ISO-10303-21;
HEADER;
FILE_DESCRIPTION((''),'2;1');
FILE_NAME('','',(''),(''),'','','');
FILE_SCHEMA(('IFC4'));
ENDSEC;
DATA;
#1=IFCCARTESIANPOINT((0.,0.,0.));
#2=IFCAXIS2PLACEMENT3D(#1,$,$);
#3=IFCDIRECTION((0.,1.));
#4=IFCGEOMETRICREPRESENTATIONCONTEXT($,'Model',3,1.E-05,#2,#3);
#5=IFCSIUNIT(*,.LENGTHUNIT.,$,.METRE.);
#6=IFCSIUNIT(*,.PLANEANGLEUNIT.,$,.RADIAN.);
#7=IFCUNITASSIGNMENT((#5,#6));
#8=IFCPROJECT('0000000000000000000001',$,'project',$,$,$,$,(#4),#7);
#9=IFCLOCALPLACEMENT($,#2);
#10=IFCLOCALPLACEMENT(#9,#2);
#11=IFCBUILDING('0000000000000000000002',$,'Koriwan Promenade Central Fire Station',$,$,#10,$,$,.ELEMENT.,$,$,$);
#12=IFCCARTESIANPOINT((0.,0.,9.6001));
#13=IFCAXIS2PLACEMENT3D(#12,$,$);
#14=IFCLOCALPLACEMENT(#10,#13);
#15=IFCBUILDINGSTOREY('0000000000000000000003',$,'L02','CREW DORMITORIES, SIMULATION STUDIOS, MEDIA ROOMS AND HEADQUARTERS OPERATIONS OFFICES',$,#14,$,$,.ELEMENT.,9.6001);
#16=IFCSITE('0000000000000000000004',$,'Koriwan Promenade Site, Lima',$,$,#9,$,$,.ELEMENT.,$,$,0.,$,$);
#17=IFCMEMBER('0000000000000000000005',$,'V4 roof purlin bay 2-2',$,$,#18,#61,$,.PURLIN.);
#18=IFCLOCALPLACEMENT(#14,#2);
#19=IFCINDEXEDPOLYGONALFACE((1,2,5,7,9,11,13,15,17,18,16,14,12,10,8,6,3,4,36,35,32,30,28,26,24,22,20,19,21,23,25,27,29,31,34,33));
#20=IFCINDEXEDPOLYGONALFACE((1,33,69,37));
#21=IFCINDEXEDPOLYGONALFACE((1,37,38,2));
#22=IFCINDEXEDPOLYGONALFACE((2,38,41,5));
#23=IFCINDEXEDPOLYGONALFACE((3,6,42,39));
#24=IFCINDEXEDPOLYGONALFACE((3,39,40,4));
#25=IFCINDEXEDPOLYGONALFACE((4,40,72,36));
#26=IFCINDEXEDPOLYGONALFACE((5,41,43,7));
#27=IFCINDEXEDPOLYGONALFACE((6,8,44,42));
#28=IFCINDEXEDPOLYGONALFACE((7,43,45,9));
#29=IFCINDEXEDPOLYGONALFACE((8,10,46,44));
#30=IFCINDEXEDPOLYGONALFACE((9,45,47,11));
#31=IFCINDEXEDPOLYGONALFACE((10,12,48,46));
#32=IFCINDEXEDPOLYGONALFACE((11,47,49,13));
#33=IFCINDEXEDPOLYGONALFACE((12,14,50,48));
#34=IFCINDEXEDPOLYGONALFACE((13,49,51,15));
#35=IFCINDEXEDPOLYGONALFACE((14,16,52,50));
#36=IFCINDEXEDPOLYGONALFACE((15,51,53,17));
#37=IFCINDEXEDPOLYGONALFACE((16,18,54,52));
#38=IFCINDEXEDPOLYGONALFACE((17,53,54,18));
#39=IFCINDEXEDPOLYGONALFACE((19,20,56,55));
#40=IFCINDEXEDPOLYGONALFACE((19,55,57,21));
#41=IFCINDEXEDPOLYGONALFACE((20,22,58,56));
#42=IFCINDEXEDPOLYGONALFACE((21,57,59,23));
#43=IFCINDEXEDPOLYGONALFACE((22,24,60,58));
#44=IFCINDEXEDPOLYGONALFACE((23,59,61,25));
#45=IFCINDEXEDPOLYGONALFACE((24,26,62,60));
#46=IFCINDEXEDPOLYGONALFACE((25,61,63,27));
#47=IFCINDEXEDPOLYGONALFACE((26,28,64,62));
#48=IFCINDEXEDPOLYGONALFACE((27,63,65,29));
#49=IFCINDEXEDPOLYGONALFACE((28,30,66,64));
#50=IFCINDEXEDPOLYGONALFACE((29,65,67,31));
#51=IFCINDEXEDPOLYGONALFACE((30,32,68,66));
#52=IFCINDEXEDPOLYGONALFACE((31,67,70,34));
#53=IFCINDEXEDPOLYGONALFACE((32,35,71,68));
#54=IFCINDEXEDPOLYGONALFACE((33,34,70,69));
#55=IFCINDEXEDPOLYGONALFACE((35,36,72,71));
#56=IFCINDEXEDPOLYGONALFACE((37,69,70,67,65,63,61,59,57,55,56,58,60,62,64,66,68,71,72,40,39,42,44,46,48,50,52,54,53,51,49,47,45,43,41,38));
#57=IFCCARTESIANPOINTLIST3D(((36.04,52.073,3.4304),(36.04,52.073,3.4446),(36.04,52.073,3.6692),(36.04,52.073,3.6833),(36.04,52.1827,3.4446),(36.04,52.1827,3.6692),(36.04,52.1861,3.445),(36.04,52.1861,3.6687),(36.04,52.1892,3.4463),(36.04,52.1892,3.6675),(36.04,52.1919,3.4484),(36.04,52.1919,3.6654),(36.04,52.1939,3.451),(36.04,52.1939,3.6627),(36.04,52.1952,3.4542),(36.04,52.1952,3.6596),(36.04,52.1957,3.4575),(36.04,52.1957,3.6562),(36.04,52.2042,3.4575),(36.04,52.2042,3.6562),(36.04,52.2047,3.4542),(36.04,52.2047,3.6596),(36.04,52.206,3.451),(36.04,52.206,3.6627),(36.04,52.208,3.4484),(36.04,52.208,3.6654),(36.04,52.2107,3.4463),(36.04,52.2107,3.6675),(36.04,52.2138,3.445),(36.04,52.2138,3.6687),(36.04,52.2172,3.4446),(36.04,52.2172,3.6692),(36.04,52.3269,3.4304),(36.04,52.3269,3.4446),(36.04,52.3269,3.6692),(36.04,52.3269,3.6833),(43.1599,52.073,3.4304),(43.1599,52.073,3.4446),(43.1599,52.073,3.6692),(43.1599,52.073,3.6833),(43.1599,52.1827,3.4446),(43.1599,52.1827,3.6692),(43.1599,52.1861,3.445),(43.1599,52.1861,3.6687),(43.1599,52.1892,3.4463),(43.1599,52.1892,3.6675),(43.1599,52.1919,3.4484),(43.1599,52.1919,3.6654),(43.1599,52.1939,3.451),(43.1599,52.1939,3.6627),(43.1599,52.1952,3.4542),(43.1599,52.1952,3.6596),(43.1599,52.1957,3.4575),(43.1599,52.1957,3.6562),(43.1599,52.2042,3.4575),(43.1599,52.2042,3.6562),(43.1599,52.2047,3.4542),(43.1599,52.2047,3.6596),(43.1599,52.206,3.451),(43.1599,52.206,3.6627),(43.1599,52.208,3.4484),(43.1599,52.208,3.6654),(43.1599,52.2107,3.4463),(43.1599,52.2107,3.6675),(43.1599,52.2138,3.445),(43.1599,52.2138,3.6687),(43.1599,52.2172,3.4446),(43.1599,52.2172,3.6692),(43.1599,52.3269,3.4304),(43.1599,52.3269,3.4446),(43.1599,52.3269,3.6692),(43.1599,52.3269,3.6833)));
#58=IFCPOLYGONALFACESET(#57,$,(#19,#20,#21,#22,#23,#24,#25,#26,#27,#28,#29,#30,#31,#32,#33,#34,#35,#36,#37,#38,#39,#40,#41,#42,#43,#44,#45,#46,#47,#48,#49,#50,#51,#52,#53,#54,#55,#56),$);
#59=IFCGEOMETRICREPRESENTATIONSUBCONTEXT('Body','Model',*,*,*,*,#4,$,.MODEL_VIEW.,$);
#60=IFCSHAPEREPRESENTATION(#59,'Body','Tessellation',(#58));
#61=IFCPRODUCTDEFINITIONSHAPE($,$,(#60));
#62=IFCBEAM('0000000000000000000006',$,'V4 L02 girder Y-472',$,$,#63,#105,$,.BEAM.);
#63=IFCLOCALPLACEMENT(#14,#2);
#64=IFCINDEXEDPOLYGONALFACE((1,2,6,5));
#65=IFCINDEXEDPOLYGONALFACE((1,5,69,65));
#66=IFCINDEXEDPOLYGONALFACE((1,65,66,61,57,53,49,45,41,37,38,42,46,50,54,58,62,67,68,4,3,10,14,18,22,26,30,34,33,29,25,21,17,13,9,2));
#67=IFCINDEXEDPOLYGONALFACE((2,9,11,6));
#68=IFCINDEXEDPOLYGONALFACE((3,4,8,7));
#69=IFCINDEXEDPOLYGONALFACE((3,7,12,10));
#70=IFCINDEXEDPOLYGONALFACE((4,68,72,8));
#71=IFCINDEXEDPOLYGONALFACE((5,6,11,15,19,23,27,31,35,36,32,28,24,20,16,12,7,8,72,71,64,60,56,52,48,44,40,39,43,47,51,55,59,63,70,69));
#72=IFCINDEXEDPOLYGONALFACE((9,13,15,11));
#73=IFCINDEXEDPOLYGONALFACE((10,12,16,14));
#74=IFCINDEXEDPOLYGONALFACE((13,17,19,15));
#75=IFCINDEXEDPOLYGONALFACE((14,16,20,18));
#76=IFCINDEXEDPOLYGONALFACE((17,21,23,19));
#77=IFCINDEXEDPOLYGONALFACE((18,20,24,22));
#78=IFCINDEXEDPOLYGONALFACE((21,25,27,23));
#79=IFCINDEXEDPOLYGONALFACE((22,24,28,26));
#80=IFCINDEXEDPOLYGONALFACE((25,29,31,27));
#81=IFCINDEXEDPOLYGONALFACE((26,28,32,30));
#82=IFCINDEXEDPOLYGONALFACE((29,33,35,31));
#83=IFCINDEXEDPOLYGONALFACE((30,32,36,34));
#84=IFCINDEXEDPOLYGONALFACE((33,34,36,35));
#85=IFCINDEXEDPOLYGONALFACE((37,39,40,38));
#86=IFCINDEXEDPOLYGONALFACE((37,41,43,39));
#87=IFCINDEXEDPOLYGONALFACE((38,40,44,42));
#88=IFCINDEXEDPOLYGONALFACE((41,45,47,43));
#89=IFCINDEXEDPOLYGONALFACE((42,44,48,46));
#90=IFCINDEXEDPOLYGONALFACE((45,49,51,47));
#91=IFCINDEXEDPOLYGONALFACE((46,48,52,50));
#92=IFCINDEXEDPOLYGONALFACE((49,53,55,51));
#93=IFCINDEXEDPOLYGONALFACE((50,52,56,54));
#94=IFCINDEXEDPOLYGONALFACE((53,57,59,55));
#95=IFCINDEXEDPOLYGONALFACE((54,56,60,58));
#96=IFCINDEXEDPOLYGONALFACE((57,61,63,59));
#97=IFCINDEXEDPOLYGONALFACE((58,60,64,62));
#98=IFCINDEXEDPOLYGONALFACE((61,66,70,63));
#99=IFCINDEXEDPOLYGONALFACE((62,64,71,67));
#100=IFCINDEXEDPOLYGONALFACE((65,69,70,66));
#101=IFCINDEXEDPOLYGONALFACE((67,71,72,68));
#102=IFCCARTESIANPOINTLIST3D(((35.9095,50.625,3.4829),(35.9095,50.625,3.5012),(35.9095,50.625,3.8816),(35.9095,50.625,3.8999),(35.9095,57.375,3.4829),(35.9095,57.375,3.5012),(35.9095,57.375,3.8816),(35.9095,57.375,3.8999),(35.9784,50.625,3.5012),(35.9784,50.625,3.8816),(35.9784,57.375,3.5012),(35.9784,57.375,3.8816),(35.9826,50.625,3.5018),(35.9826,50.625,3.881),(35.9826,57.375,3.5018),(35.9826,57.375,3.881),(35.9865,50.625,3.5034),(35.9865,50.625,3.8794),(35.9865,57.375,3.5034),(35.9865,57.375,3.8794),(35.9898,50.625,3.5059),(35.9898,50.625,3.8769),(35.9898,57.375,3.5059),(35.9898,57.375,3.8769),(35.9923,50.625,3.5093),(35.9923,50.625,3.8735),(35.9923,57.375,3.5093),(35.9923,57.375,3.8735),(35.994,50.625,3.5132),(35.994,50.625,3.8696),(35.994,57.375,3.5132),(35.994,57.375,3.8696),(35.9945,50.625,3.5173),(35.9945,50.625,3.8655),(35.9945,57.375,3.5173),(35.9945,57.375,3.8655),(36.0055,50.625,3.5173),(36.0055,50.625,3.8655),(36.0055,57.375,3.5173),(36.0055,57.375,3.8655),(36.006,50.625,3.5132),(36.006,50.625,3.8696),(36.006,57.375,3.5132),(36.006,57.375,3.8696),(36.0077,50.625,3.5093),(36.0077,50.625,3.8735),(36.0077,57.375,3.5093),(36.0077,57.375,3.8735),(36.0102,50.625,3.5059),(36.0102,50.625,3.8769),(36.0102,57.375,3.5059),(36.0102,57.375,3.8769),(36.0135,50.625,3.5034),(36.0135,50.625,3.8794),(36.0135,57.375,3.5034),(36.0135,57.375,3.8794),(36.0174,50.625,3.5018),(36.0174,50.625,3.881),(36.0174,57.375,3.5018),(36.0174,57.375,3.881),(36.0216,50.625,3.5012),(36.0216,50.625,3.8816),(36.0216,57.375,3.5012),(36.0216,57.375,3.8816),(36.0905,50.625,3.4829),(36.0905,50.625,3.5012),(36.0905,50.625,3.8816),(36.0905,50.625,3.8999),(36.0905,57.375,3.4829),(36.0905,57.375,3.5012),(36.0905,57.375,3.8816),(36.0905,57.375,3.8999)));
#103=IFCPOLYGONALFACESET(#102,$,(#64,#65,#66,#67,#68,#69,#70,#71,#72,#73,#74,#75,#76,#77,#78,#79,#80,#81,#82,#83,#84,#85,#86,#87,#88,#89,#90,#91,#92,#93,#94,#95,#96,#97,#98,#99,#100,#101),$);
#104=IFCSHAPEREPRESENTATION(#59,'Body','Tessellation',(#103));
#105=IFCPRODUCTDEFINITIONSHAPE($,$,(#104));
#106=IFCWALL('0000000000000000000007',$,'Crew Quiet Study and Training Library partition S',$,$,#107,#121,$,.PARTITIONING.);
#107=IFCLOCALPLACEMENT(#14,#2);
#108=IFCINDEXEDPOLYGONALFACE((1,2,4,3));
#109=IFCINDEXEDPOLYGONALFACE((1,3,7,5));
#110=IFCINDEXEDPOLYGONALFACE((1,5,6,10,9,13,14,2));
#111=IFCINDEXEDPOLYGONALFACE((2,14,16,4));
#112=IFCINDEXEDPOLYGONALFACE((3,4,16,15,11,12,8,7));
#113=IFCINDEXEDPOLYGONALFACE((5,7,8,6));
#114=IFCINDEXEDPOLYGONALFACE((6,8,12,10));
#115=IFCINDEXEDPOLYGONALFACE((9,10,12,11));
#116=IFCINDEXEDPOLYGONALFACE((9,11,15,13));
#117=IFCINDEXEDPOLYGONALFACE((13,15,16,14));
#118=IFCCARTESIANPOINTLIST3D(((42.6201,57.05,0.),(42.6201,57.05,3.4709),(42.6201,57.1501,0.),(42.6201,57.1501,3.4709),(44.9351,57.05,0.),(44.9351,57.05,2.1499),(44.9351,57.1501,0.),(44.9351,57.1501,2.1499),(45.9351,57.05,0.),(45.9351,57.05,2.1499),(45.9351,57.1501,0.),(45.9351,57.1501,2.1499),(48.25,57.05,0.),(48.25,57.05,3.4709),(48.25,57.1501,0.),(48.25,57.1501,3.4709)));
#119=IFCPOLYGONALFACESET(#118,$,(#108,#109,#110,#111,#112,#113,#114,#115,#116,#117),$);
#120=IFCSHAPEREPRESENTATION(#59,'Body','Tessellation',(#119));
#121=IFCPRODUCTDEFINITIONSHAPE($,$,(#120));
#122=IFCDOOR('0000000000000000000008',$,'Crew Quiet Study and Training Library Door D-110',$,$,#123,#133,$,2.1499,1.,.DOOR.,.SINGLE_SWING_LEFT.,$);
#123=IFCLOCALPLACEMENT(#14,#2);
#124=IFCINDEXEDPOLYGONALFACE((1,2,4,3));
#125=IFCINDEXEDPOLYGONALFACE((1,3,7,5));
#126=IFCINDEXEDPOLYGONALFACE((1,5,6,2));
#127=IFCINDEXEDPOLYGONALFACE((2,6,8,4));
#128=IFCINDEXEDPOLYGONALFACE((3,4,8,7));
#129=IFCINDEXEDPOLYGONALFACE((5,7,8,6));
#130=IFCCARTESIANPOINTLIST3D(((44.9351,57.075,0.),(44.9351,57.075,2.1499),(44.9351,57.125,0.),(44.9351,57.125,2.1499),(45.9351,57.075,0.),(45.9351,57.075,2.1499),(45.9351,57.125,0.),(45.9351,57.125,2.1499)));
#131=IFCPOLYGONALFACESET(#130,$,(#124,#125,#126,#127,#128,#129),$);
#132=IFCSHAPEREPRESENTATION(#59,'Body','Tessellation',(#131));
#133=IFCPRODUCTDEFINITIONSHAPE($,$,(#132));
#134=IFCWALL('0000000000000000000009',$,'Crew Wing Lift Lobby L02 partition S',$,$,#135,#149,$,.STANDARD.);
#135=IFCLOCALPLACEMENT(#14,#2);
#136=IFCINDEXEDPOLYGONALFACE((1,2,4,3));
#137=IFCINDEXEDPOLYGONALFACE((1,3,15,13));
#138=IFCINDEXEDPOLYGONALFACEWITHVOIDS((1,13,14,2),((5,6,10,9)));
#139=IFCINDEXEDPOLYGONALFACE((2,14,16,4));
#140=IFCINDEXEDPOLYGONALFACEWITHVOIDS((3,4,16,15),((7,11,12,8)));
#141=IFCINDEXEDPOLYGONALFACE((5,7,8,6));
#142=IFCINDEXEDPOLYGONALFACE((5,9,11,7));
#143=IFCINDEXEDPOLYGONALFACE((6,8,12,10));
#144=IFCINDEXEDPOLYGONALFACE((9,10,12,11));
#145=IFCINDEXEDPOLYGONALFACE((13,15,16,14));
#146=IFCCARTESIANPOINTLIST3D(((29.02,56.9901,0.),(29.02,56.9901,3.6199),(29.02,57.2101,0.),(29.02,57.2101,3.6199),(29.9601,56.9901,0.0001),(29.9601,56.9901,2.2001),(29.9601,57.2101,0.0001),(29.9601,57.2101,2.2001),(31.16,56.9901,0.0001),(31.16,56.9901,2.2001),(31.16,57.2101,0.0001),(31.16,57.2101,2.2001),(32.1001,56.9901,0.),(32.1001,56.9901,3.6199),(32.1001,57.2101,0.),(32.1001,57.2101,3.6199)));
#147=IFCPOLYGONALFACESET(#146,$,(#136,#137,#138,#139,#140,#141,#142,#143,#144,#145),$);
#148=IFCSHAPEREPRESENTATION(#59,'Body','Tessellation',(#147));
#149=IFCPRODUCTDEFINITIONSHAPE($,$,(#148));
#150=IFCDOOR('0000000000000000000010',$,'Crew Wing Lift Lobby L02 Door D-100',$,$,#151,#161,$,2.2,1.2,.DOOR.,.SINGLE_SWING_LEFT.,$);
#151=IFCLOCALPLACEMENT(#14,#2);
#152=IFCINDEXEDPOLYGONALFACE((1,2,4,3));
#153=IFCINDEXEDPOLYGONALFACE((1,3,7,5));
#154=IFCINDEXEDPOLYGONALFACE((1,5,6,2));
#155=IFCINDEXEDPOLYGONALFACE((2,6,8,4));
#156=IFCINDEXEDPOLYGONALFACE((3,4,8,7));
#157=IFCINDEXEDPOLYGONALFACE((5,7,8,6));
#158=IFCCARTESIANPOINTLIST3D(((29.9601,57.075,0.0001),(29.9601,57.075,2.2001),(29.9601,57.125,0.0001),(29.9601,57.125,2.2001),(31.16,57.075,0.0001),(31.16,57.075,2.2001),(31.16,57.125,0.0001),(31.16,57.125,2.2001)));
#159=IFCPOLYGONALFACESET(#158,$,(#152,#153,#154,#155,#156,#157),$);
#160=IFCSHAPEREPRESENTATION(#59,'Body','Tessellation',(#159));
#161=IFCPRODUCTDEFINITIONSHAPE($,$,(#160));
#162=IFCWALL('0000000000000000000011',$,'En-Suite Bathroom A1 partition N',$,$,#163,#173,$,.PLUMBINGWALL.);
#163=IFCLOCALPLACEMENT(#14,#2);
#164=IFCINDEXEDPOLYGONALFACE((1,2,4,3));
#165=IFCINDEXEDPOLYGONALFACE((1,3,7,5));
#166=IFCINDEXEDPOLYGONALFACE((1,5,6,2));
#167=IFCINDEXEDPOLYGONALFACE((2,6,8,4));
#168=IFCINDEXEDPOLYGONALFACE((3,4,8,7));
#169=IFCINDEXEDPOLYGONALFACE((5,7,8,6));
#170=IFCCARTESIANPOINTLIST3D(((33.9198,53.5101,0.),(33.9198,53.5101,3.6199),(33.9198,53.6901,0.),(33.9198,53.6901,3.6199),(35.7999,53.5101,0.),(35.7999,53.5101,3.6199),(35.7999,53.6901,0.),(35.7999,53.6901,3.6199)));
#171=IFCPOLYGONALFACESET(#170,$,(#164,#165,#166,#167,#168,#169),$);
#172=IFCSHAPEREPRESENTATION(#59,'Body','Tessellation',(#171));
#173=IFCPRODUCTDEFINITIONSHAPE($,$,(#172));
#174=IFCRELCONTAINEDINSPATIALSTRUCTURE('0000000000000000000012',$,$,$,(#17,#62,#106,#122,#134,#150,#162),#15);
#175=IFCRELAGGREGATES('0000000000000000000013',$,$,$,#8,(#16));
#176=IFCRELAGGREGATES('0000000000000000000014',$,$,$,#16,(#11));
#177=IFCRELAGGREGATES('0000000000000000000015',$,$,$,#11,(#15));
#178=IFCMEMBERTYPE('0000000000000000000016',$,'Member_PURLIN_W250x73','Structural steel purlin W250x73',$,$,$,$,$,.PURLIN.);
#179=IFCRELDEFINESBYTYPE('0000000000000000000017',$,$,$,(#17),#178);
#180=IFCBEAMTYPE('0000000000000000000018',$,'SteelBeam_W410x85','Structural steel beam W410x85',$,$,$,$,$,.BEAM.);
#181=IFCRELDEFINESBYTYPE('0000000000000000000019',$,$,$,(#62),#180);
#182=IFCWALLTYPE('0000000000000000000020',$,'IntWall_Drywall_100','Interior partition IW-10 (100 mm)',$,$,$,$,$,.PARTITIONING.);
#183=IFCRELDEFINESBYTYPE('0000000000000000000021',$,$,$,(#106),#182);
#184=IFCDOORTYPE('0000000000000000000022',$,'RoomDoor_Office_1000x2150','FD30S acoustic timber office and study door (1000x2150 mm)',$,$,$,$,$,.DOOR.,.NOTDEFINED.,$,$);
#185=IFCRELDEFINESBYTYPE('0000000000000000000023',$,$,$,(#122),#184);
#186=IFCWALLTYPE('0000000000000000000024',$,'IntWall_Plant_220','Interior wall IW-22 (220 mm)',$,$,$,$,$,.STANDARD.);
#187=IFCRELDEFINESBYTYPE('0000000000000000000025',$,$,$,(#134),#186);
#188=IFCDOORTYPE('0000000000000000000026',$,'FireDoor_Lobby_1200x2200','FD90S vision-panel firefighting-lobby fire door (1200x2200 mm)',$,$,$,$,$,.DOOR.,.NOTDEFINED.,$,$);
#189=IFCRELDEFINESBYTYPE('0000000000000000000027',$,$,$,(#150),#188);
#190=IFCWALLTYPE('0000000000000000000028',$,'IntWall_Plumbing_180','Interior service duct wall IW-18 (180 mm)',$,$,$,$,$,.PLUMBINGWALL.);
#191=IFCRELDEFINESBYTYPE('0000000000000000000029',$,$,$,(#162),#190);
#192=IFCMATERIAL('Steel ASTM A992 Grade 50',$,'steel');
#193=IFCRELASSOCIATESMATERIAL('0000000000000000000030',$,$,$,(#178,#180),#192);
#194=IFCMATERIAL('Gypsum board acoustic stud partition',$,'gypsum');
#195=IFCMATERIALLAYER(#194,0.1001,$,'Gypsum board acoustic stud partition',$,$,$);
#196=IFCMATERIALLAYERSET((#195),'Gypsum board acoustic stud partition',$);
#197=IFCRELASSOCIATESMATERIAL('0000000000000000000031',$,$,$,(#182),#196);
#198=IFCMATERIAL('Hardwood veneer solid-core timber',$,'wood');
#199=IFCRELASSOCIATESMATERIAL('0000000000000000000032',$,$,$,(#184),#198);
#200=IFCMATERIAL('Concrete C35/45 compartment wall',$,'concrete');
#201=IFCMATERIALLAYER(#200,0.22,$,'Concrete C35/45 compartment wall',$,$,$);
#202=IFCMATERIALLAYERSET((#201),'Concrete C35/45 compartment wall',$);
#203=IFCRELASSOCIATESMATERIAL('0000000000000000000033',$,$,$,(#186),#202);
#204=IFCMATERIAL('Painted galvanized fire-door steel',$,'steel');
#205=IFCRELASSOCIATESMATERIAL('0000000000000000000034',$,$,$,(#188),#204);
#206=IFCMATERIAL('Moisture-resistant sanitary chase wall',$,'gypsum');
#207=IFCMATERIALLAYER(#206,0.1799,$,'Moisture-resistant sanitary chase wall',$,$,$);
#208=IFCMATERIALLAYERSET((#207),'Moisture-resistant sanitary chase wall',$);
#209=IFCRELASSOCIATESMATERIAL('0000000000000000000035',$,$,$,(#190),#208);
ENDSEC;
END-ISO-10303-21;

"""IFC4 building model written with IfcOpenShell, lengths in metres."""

from ifc_helpers import new_model, si_unit, direction, frame, frame_2d, origin, origin_2d, place, context, subcontext, project, spatial, rectangle, i_section, extrude, material, layer, layer_set, material_profile, profile_set, type_object, element, fill, save


model = new_model("IFC4")

# Units and contexts
model_context = context("Model", 3, precision=1e-05, world=origin(), true_north=direction((0.0, 1.0)))
body_context = subcontext(model_context, "Body", "Model", "MODEL_VIEW")
ifc_project = project(units=[si_unit("LENGTHUNIT", "METRE"), si_unit("PLANEANGLEUNIT", "RADIAN")], contexts=[model_context])

# Site, building, storey
site_placement = place(None, origin())
site = spatial("IfcSite", under=ifc_project, at=site_placement, Name="Koriwan Promenade Site, Lima", CompositionType="ELEMENT", RefElevation=0.0)
building_placement = place(site_placement, origin())
building = spatial("IfcBuilding", under=site, at=building_placement, Name="Koriwan Promenade Central Fire Station", CompositionType="ELEMENT")
storey_placement = place(building_placement, frame((0.0, 0.0, 9.6001)))
storey = spatial("IfcBuildingStorey", under=building, at=storey_placement, Name="L02", Description="CREW DORMITORIES, SIMULATION STUDIOS, MEDIA ROOMS AND HEADQUARTERS OPERATIONS OFFICES", CompositionType="ELEMENT", Elevation=9.6001)

# Member
ifc_material_1 = material(Name="Steel ASTM A992 Grade 50", Category="steel")
ifc_material_profile_1 = material_profile(ifc_material_1, i_section(OverallWidth=0.2539, OverallDepth=0.2529, WebThickness=0.0085, FlangeThickness=0.0142, FilletRadius=0.0129, at=origin_2d()), Name="W250x73")
ifc_profile_set_1 = profile_set([ifc_material_profile_1], Name="Steel ASTM A992 Grade 50")
member_type = type_object("IfcMemberType", Name="Member_PURLIN_W250x73", Description="Structural steel purlin W250x73", PredefinedType="PURLIN", material=ifc_profile_set_1)
member_placement = place(storey_placement, frame((36.04, 52.2, 3.5569), z_axis=(1.0, 0.0, 0.0), x_axis=(0.0, 1.0, 0.0)))
element("IfcMember", 1, at=member_placement, inside=storey, type_object=member_type, Name="V4 roof purlin bay 2-2", PredefinedType="PURLIN", context=body_context, shape_type="SweptSolid", body=[
    extrude(i_section(OverallWidth=0.2539, OverallDepth=0.2529, WebThickness=0.0085, FlangeThickness=0.0142, FilletRadius=0.0129, at=origin_2d()), origin(), (0.0, 0.0, 1.0), 7.1199),
])

# Beam
ifc_material_profile_2 = material_profile(ifc_material_1, i_section(OverallWidth=0.1809, OverallDepth=0.417, WebThickness=0.011, FlangeThickness=0.0183, FilletRadius=0.0161, at=origin_2d()), Name="W410x85")
ifc_profile_set_2 = profile_set([ifc_material_profile_2], Name="Steel ASTM A992 Grade 50")
beam_type = type_object("IfcBeamType", Name="SteelBeam_W410x85", Description="Structural steel beam W410x85", PredefinedType="BEAM", material=ifc_profile_set_2)
beam_placement = place(storey_placement, frame((36.0, 50.625, 3.6914), z_axis=(0.0, 1.0, 0.0), x_axis=(-1.0, 0.0, 0.0)))
element("IfcBeam", 2, at=beam_placement, inside=storey, type_object=beam_type, Name="V4 L02 girder Y-472", PredefinedType="BEAM", context=body_context, shape_type="SweptSolid", body=[
    extrude(i_section(OverallWidth=0.1809, OverallDepth=0.417, WebThickness=0.011, FlangeThickness=0.0183, FilletRadius=0.0161, at=origin_2d()), origin(), (0.0, 0.0, 1.0), 6.75),
])

# Walls, openings, doors
ifc_material_2 = material(Name="Gypsum board acoustic stud partition", Category="gypsum")
ifc_layer_1 = layer(ifc_material_2, 0.1001, Name="Gypsum board acoustic stud partition")
ifc_layer_set_1 = layer_set([ifc_layer_1], Name="Gypsum board acoustic stud partition")
wall_type_1 = type_object("IfcWallType", Name="IntWall_Drywall_100", Description="Interior partition IW-10 (100 mm)", PredefinedType="PARTITIONING", material=ifc_layer_set_1)
wall_1_placement = place(storey_placement, frame((42.6201, 57.1001, 0.0), z_axis=(0.0, 0.0, 1.0), x_axis=(1.0, 0.0, 0.0)))
wall_1 = element("IfcWall", 3, at=wall_1_placement, inside=storey, type_object=wall_type_1, Name="Crew Quiet Study and Training Library partition S", PredefinedType="PARTITIONING", context=body_context, shape_type="SweptSolid", body=[
    extrude(rectangle(XDim=5.6299, YDim=0.1001, at=frame_2d((2.8149, 0.0))), origin(), (0.0, 0.0, 1.0), 3.4709),
])
opening_1_placement = place(wall_1_placement, frame((2.3149, 0.0, 0.0)))
opening_1 = element("IfcOpeningElement", 4, at=opening_1_placement, cuts=wall_1, PredefinedType="OPENING", context=body_context, shape_type="SweptSolid", body=[
    extrude(rectangle(XDim=1.0, YDim=2.1499, at=frame_2d((0.5, 1.075))), frame((0.0, 0.062, 0.0), z_axis=(0.0, -1.0, 0.0), x_axis=(1.0, 0.0, 0.0)), (0.0, 0.0, 1.0), 0.124),
])
ifc_material_3 = material(Name="Hardwood veneer solid-core timber", Category="wood")
door_type_1 = type_object("IfcDoorType", Name="RoomDoor_Office_1000x2150", Description="FD30S acoustic timber office and study door (1000x2150 mm)", OperationType="NOTDEFINED", PredefinedType="DOOR", material=ifc_material_3)
door_1_placement = place(opening_1_placement, origin())
door_1 = element("IfcDoor", 5, at=door_1_placement, inside=storey, type_object=door_type_1, Name="Crew Quiet Study and Training Library Door D-110", OperationType="SINGLE_SWING_LEFT", OverallHeight=2.1499, OverallWidth=1.0, PredefinedType="DOOR", context=body_context, shape_type="SweptSolid", body=[
    extrude(rectangle(XDim=1.0, YDim=2.1499, at=frame_2d((0.5, 1.075))), frame((0.0, 0.0249, 0.0), z_axis=(0.0, -1.0, 0.0), x_axis=(1.0, 0.0, 0.0)), (0.0, 0.0, 1.0), 0.05),
])
fill(opening_1, door_1)
ifc_material_4 = material(Name="Concrete C35/45 compartment wall", Category="concrete")
ifc_layer_2 = layer(ifc_material_4, 0.22, Name="Concrete C35/45 compartment wall")
ifc_layer_set_2 = layer_set([ifc_layer_2], Name="Concrete C35/45 compartment wall")
wall_type_2 = type_object("IfcWallType", Name="IntWall_Plant_220", Description="Interior wall IW-22 (220 mm)", PredefinedType="STANDARD", material=ifc_layer_set_2)
wall_2_placement = place(storey_placement, frame((29.02, 57.1001, 0.0), z_axis=(0.0, 0.0, 1.0), x_axis=(1.0, 0.0, 0.0)))
wall_2 = element("IfcWall", 6, at=wall_2_placement, inside=storey, type_object=wall_type_2, Name="Crew Wing Lift Lobby L02 partition S", PredefinedType="STANDARD", context=body_context, shape_type="SweptSolid", body=[
    extrude(rectangle(XDim=3.0801, YDim=0.22, at=frame_2d((1.54, 0.0))), origin(), (0.0, 0.0, 1.0), 3.6199),
])
opening_2_placement = place(wall_2_placement, frame((0.9399, 0.0, 0.0)))
opening_2 = element("IfcOpeningElement", 7, at=opening_2_placement, cuts=wall_2, PredefinedType="OPENING", context=body_context, shape_type="SweptSolid", body=[
    extrude(rectangle(XDim=1.2, YDim=2.2, at=frame_2d((0.6001, 1.1001))), frame((0.0, 0.1221, 0.0), z_axis=(0.0, -1.0, 0.0), x_axis=(1.0, 0.0, 0.0)), (0.0, 0.0, 1.0), 0.2439),
])
ifc_material_5 = material(Name="Painted galvanized fire-door steel", Category="steel")
door_type_2 = type_object("IfcDoorType", Name="FireDoor_Lobby_1200x2200", Description="FD90S vision-panel firefighting-lobby fire door (1200x2200 mm)", OperationType="NOTDEFINED", PredefinedType="DOOR", material=ifc_material_5)
door_2_placement = place(opening_2_placement, origin())
door_2 = element("IfcDoor", 8, at=door_2_placement, inside=storey, type_object=door_type_2, Name="Crew Wing Lift Lobby L02 Door D-100", OperationType="SINGLE_SWING_LEFT", OverallHeight=2.2, OverallWidth=1.2, PredefinedType="DOOR", context=body_context, shape_type="SweptSolid", body=[
    extrude(rectangle(XDim=1.2, YDim=2.2, at=frame_2d((0.6001, 1.1001))), frame((0.0, 0.0249, 0.0), z_axis=(0.0, -1.0, 0.0), x_axis=(1.0, 0.0, 0.0)), (0.0, 0.0, 1.0), 0.05),
])
fill(opening_2, door_2)

# Wall
ifc_material_6 = material(Name="Moisture-resistant sanitary chase wall", Category="gypsum")
ifc_layer_3 = layer(ifc_material_6, 0.1799, Name="Moisture-resistant sanitary chase wall")
ifc_layer_set_3 = layer_set([ifc_layer_3], Name="Moisture-resistant sanitary chase wall")
wall_type_3 = type_object("IfcWallType", Name="IntWall_Plumbing_180", Description="Interior service duct wall IW-18 (180 mm)", PredefinedType="PLUMBINGWALL", material=ifc_layer_set_3)
wall_3_placement = place(storey_placement, frame((33.9199, 53.6001, 0.0), z_axis=(0.0, 0.0, 1.0), x_axis=(1.0, 0.0, 0.0)))
element("IfcWall", 9, at=wall_3_placement, inside=storey, type_object=wall_type_3, Name="En-Suite Bathroom A1 partition N", PredefinedType="PLUMBINGWALL", context=body_context, shape_type="SweptSolid", body=[
    extrude(rectangle(XDim=1.8801, YDim=0.1799, at=frame_2d((0.9399, 0.0))), origin(), (0.0, 0.0, 1.0), 3.6199),
])

save(model, "model.ifc")
